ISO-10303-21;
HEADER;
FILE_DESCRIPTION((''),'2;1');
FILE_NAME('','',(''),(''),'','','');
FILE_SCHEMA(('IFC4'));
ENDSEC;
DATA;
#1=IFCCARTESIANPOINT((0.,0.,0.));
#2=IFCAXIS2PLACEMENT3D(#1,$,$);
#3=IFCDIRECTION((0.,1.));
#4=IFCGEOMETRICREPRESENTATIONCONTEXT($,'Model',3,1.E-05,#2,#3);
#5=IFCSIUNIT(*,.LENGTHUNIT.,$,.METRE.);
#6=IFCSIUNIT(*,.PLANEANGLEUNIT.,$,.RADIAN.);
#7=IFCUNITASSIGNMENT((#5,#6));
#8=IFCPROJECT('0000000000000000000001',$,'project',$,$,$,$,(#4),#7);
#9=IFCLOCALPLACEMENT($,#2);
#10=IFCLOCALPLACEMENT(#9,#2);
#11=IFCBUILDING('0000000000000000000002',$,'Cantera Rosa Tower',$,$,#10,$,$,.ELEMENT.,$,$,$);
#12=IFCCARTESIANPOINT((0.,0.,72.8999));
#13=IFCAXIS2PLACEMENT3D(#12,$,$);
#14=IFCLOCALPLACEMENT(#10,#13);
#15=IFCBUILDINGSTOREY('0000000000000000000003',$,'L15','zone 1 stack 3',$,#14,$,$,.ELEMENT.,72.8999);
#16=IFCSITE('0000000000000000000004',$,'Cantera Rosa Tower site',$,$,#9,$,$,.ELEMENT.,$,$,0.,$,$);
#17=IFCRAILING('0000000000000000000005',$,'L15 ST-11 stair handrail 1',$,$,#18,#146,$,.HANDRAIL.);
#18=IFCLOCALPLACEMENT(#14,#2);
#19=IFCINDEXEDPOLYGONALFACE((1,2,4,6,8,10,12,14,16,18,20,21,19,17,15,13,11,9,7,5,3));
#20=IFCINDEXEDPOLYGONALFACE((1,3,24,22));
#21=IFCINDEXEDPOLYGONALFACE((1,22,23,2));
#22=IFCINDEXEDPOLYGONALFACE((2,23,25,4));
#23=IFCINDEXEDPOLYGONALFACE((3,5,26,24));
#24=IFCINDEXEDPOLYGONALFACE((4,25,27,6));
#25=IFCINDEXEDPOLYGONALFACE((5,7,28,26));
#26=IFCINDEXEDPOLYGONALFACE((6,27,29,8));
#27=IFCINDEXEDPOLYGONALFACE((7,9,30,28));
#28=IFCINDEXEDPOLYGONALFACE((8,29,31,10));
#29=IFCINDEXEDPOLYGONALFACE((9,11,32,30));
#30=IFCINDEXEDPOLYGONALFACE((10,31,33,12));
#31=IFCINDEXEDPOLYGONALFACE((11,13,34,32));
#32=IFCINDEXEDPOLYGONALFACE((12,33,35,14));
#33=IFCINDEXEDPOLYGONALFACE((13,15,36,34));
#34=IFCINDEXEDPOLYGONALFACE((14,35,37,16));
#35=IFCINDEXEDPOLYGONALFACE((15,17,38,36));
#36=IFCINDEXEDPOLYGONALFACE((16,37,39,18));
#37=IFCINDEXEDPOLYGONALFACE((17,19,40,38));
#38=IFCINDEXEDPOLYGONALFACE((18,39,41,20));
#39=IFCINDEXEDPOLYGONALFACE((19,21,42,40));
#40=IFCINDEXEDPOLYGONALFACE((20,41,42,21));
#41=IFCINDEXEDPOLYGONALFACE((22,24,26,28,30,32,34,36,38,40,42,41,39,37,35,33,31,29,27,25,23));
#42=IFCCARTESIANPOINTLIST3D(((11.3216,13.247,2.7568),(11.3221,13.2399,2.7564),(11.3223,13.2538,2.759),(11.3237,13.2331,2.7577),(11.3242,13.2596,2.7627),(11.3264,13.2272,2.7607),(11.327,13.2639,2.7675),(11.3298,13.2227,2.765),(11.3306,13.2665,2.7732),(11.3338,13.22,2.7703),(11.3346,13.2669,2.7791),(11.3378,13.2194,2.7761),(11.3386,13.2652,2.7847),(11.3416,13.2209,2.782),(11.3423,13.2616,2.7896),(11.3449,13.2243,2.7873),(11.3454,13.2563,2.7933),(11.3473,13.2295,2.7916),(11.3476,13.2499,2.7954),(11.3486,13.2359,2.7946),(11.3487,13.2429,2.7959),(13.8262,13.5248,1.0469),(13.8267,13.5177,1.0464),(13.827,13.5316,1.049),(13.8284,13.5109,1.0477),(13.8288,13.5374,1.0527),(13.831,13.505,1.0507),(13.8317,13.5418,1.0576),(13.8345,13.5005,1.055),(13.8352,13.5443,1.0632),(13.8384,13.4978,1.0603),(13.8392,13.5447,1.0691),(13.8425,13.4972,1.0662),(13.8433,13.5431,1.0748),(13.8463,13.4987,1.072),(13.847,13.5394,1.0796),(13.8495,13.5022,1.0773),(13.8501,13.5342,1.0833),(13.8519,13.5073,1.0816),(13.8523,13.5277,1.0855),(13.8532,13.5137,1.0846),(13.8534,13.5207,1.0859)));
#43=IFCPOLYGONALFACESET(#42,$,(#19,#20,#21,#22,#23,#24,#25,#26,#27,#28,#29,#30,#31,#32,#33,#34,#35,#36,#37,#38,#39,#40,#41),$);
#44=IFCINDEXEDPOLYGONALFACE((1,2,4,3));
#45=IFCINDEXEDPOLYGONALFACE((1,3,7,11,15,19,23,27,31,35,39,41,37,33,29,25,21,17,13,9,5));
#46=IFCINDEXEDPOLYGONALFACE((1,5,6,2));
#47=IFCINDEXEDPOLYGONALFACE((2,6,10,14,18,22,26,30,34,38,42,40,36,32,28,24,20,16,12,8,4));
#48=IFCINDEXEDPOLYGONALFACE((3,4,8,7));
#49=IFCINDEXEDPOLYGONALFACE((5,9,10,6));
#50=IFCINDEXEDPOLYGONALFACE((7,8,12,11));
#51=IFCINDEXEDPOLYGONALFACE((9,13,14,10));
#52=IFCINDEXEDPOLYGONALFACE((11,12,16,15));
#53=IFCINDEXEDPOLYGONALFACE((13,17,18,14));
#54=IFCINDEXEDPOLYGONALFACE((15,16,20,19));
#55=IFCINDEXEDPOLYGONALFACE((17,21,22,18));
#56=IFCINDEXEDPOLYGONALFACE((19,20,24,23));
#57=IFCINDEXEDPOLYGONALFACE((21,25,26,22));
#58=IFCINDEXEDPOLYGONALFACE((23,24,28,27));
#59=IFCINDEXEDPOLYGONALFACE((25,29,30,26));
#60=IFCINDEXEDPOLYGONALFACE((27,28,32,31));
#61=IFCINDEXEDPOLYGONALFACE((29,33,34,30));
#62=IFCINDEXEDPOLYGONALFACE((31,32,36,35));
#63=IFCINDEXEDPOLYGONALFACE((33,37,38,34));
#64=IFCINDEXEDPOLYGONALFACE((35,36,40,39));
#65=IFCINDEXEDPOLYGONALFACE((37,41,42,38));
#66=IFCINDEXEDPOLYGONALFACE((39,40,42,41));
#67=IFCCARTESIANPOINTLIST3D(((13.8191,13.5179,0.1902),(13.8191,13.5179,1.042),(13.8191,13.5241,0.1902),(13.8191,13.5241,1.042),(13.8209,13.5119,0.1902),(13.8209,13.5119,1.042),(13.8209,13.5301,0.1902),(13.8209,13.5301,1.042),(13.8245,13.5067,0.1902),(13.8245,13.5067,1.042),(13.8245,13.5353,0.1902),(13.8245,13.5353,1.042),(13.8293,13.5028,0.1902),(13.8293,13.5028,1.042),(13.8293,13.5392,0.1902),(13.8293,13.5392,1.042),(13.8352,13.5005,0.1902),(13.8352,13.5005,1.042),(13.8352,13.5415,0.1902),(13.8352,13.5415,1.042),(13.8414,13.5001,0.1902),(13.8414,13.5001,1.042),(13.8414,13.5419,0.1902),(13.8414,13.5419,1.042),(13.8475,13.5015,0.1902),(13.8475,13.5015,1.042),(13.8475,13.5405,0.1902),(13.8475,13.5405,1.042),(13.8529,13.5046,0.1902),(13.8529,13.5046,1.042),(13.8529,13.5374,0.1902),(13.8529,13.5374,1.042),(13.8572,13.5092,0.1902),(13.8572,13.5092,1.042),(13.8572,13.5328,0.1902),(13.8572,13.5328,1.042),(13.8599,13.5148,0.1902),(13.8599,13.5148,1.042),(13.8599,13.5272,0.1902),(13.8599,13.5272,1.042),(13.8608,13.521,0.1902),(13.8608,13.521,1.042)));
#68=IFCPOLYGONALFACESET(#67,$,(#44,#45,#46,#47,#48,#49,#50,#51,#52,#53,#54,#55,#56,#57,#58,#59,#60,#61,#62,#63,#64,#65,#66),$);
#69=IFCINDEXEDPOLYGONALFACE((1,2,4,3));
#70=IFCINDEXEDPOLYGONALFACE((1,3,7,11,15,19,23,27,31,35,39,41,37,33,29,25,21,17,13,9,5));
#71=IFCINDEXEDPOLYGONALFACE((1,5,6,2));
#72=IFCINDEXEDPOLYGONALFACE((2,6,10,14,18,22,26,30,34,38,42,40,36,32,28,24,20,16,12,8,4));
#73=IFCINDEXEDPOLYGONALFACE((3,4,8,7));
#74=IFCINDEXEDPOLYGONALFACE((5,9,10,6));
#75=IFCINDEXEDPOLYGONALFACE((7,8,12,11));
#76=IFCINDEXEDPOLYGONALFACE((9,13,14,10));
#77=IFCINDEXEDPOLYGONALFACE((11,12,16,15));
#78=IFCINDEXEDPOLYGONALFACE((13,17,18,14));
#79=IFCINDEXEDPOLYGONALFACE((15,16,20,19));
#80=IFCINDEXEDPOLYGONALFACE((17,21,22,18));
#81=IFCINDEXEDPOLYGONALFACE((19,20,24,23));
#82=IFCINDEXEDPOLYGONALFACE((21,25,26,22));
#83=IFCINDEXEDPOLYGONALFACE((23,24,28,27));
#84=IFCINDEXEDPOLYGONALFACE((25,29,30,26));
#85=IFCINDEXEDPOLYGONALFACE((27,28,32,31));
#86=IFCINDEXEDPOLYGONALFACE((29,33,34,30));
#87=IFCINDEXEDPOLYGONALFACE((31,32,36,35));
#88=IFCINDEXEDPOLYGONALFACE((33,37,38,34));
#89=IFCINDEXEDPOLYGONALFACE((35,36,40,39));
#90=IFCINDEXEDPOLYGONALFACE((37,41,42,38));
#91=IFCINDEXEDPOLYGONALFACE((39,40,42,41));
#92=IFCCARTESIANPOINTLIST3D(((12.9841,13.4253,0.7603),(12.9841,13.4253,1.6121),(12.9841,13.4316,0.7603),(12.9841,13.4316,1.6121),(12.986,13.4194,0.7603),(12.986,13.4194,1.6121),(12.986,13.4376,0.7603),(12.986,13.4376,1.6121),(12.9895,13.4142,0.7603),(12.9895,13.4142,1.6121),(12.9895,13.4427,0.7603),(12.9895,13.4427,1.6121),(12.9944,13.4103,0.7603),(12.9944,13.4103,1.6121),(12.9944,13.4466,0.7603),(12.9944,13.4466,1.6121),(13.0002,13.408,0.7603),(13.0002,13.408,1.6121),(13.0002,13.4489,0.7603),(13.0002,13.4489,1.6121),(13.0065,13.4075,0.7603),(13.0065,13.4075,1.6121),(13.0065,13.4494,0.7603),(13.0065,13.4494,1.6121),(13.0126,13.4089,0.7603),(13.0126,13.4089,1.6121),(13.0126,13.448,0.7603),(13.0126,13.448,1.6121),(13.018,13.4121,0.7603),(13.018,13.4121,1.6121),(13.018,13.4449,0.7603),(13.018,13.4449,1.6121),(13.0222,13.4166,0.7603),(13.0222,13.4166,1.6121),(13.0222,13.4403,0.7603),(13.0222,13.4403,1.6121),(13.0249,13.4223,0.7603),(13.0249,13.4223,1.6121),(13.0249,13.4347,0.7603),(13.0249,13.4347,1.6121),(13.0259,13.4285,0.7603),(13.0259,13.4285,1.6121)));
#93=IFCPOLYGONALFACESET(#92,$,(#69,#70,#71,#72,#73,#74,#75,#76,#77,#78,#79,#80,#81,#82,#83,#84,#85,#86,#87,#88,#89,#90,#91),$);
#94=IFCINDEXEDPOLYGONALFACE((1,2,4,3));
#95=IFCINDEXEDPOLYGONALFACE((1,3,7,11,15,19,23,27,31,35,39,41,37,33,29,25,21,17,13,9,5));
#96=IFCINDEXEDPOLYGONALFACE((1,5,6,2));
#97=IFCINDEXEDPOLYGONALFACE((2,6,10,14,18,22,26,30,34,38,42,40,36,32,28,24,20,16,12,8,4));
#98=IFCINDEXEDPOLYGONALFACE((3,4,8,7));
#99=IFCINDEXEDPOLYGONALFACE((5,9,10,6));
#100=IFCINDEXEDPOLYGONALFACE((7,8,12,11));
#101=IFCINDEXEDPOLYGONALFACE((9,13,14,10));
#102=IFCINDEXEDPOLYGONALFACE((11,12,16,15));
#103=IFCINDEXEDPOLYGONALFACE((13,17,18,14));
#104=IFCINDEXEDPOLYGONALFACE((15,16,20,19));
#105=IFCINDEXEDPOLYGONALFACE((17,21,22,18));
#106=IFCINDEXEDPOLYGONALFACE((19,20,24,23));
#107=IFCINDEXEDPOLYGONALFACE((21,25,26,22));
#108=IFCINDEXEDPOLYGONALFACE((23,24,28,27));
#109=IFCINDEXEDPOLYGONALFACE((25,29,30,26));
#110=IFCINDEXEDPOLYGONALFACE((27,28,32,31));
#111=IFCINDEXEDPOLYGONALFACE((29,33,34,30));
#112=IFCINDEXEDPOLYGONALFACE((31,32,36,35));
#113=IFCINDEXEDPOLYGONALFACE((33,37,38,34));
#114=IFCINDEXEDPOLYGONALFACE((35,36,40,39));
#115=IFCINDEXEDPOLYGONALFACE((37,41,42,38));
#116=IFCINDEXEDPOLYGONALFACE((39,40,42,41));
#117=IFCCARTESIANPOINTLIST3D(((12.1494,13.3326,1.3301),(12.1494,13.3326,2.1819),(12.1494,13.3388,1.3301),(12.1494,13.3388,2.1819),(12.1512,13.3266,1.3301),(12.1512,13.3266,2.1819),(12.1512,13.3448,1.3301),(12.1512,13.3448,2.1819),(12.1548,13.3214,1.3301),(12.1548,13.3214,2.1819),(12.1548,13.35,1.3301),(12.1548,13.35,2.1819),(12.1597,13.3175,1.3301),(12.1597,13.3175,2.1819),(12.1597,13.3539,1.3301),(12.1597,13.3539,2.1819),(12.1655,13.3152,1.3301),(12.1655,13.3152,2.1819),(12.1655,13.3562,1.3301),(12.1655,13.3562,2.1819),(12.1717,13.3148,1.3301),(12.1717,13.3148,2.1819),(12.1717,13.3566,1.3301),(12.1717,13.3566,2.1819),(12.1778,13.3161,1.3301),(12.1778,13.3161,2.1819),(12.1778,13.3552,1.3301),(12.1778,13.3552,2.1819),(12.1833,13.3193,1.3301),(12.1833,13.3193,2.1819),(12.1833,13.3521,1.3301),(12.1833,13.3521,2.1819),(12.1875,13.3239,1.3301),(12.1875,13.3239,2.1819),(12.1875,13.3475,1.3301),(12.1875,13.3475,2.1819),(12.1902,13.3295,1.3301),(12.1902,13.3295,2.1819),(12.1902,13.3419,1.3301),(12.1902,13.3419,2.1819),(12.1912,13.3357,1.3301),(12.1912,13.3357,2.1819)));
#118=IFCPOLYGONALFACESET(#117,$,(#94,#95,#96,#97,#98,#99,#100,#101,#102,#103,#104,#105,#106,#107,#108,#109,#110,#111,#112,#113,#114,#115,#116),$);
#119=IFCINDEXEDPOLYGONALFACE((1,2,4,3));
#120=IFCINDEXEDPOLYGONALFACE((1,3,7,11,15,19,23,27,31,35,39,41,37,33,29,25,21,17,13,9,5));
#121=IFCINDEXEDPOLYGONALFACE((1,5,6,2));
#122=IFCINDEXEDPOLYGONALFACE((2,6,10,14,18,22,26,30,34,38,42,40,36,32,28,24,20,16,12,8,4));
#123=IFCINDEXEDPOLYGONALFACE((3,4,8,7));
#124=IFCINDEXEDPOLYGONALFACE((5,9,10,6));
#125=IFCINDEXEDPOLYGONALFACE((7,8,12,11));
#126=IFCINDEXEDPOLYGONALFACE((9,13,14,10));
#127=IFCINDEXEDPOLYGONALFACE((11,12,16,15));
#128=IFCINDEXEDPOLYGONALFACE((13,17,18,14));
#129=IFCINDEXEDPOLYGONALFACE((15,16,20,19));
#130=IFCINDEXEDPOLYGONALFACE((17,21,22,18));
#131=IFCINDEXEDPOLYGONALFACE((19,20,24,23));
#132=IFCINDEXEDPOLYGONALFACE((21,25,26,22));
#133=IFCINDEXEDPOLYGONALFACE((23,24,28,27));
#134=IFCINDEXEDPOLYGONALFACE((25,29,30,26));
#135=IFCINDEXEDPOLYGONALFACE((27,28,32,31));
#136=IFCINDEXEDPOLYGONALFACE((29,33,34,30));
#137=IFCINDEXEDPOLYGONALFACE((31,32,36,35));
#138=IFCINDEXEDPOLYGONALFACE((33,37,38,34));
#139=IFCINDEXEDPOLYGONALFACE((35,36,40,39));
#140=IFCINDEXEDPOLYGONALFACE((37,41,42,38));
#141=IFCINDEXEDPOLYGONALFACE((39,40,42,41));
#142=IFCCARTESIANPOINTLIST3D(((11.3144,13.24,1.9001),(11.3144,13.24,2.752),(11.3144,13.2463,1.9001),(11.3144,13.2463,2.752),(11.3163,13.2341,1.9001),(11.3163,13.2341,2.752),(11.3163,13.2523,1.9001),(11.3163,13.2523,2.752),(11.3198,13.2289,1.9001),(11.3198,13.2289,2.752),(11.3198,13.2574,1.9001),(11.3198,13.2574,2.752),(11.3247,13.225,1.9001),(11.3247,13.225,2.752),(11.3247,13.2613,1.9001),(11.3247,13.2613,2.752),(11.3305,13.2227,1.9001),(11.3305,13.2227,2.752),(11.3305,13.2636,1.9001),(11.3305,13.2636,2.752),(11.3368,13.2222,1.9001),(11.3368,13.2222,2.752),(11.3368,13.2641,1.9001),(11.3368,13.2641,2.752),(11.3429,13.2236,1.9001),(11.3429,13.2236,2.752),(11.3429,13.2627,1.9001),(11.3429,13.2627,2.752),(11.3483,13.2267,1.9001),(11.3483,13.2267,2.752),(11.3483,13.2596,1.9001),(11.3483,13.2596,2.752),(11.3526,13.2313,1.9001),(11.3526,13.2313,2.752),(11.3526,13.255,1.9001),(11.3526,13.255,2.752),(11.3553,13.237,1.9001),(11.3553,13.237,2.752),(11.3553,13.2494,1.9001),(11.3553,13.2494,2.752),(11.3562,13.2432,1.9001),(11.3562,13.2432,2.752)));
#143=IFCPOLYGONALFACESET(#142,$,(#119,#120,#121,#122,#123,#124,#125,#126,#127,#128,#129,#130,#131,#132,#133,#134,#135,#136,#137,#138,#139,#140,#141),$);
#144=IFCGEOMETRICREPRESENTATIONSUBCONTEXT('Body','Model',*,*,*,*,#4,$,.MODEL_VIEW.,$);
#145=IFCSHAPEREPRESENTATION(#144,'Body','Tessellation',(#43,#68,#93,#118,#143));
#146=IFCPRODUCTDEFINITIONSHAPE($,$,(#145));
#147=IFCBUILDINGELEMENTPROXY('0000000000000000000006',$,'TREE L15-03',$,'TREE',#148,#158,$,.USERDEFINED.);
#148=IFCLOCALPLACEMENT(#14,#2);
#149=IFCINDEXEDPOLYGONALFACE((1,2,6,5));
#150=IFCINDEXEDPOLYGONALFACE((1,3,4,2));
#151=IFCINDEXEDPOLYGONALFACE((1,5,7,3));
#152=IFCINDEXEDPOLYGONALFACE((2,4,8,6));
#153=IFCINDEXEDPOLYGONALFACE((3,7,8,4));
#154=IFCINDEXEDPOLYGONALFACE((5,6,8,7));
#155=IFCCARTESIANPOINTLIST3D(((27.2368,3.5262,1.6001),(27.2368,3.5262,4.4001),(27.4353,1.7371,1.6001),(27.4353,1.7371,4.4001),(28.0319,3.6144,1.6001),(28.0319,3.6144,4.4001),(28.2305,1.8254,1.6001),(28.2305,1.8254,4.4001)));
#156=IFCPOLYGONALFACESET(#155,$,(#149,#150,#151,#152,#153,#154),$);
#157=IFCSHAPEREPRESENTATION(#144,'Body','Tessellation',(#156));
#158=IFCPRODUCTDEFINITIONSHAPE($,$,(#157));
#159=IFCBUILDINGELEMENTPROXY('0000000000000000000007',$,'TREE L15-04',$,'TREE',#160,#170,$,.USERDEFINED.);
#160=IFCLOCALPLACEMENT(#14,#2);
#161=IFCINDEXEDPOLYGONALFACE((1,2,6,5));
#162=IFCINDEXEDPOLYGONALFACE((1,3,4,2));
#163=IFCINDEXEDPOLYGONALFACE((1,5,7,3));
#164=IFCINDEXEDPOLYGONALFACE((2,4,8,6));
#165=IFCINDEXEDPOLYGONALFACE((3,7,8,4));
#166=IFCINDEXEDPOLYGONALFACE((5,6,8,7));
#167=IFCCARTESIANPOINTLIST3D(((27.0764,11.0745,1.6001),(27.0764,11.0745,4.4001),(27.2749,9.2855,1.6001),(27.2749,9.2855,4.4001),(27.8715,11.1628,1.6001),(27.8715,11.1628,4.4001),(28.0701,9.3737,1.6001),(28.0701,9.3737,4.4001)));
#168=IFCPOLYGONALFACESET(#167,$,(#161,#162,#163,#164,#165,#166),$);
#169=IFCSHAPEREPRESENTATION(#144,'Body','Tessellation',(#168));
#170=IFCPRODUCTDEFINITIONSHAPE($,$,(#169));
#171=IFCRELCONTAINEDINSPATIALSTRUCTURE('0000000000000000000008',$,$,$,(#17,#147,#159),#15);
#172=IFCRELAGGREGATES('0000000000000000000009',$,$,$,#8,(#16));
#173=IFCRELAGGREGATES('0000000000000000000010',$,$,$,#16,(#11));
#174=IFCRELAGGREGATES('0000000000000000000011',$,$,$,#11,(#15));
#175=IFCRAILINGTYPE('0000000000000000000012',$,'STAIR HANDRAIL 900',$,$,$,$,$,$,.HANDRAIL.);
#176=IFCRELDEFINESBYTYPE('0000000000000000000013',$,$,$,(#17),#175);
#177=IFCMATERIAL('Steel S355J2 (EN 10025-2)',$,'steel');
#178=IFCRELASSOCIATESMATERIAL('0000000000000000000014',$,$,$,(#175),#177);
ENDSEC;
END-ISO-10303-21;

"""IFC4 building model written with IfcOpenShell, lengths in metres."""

from ifc_helpers import new_model, si_unit, direction, frame, origin, origin_2d, place, context, subcontext, project, spatial, rectangle, circle, extrude, material, type_object, element, save


model = new_model("IFC4")

# Units and contexts
model_context = context("Model", 3, precision=1e-05, world=origin(), true_north=direction((0.0, 1.0)))
body_context = subcontext(model_context, "Body", "Model", "MODEL_VIEW")
ifc_project = project(units=[si_unit("LENGTHUNIT", "METRE"), si_unit("PLANEANGLEUNIT", "RADIAN")], contexts=[model_context])

# Site, building, storey
site_placement = place(None, origin())
site = spatial("IfcSite", under=ifc_project, at=site_placement, Name="Cantera Rosa Tower site", CompositionType="ELEMENT", RefElevation=0.0)
building_placement = place(site_placement, origin())
building = spatial("IfcBuilding", under=site, at=building_placement, Name="Cantera Rosa Tower", CompositionType="ELEMENT")
storey_placement = place(building_placement, frame((0.0, 0.0, 72.8999)))
storey = spatial("IfcBuildingStorey", under=building, at=storey_placement, Name="L15", Description="zone 1 stack 3", CompositionType="ELEMENT", Elevation=72.8999)

# Railing
ifc_material_1 = material(Name="Steel S355J2 (EN 10025-2)", Category="steel")
railing_type_1 = type_object("IfcRailingType", Name="STAIR HANDRAIL 900", PredefinedType="HANDRAIL", material=ifc_material_1)
railing_1_placement = place(storey_placement, frame((13.8398, 13.521, 0.1902)))
element("IfcRailing", 1, at=railing_1_placement, inside=storey, type_object=railing_type_1, Name="L15 ST-11 stair handrail 1", PredefinedType="HANDRAIL", context=body_context, shape_type="SweptSolid", body=[
    extrude(circle(Radius=0.0239, at=origin_2d()), frame((0.0, 0.0, 0.876), z_axis=(-0.822437, -0.091231, 0.561492), x_axis=(0.110251, -0.993904, 0.0)), (0.0, 0.0, 1.0), 3.0454),
    extrude(circle(Radius=0.021, at=origin_2d()), origin(), (0.0, 0.0, 1.0), 0.8518),
    extrude(circle(Radius=0.021, at=origin_2d()), frame((-0.835, -0.0925, 0.5701)), (0.0, 0.0, 1.0), 0.8518),
    extrude(circle(Radius=0.021, at=origin_2d()), frame((-1.6697, -0.1853, 1.1399)), (0.0, 0.0, 1.0), 0.8518),
    extrude(circle(Radius=0.021, at=origin_2d()), frame((-2.5046, -0.2778, 1.71)), (0.0, 0.0, 1.0), 0.8518),
])

# Building element proxies
for number, where, z_axis, x_axis, name in (
    (2, (27.7336, 2.6758, 1.6001), (0.0, 0.0, 1.0), (-0.110313, 0.993897, 0.0), "TREE L15-03"),
    (3, (27.5732, 10.2241, 1.6001), (0.0, 0.0, 1.0), (-0.110313, 0.993897, 0.0), "TREE L15-04"),
):
    element("IfcBuildingElementProxy", number, at=place(storey_placement, frame(where, z_axis=z_axis, x_axis=x_axis)), inside=storey, Name=name, ObjectType="TREE", PredefinedType="USERDEFINED", context=body_context, shape_type="SweptSolid", body=[
        extrude(rectangle(XDim=1.8, YDim=0.8, at=origin_2d()), origin(), (0.0, 0.0, 1.0), 2.8),
    ])

save(model, "model.ifc")
